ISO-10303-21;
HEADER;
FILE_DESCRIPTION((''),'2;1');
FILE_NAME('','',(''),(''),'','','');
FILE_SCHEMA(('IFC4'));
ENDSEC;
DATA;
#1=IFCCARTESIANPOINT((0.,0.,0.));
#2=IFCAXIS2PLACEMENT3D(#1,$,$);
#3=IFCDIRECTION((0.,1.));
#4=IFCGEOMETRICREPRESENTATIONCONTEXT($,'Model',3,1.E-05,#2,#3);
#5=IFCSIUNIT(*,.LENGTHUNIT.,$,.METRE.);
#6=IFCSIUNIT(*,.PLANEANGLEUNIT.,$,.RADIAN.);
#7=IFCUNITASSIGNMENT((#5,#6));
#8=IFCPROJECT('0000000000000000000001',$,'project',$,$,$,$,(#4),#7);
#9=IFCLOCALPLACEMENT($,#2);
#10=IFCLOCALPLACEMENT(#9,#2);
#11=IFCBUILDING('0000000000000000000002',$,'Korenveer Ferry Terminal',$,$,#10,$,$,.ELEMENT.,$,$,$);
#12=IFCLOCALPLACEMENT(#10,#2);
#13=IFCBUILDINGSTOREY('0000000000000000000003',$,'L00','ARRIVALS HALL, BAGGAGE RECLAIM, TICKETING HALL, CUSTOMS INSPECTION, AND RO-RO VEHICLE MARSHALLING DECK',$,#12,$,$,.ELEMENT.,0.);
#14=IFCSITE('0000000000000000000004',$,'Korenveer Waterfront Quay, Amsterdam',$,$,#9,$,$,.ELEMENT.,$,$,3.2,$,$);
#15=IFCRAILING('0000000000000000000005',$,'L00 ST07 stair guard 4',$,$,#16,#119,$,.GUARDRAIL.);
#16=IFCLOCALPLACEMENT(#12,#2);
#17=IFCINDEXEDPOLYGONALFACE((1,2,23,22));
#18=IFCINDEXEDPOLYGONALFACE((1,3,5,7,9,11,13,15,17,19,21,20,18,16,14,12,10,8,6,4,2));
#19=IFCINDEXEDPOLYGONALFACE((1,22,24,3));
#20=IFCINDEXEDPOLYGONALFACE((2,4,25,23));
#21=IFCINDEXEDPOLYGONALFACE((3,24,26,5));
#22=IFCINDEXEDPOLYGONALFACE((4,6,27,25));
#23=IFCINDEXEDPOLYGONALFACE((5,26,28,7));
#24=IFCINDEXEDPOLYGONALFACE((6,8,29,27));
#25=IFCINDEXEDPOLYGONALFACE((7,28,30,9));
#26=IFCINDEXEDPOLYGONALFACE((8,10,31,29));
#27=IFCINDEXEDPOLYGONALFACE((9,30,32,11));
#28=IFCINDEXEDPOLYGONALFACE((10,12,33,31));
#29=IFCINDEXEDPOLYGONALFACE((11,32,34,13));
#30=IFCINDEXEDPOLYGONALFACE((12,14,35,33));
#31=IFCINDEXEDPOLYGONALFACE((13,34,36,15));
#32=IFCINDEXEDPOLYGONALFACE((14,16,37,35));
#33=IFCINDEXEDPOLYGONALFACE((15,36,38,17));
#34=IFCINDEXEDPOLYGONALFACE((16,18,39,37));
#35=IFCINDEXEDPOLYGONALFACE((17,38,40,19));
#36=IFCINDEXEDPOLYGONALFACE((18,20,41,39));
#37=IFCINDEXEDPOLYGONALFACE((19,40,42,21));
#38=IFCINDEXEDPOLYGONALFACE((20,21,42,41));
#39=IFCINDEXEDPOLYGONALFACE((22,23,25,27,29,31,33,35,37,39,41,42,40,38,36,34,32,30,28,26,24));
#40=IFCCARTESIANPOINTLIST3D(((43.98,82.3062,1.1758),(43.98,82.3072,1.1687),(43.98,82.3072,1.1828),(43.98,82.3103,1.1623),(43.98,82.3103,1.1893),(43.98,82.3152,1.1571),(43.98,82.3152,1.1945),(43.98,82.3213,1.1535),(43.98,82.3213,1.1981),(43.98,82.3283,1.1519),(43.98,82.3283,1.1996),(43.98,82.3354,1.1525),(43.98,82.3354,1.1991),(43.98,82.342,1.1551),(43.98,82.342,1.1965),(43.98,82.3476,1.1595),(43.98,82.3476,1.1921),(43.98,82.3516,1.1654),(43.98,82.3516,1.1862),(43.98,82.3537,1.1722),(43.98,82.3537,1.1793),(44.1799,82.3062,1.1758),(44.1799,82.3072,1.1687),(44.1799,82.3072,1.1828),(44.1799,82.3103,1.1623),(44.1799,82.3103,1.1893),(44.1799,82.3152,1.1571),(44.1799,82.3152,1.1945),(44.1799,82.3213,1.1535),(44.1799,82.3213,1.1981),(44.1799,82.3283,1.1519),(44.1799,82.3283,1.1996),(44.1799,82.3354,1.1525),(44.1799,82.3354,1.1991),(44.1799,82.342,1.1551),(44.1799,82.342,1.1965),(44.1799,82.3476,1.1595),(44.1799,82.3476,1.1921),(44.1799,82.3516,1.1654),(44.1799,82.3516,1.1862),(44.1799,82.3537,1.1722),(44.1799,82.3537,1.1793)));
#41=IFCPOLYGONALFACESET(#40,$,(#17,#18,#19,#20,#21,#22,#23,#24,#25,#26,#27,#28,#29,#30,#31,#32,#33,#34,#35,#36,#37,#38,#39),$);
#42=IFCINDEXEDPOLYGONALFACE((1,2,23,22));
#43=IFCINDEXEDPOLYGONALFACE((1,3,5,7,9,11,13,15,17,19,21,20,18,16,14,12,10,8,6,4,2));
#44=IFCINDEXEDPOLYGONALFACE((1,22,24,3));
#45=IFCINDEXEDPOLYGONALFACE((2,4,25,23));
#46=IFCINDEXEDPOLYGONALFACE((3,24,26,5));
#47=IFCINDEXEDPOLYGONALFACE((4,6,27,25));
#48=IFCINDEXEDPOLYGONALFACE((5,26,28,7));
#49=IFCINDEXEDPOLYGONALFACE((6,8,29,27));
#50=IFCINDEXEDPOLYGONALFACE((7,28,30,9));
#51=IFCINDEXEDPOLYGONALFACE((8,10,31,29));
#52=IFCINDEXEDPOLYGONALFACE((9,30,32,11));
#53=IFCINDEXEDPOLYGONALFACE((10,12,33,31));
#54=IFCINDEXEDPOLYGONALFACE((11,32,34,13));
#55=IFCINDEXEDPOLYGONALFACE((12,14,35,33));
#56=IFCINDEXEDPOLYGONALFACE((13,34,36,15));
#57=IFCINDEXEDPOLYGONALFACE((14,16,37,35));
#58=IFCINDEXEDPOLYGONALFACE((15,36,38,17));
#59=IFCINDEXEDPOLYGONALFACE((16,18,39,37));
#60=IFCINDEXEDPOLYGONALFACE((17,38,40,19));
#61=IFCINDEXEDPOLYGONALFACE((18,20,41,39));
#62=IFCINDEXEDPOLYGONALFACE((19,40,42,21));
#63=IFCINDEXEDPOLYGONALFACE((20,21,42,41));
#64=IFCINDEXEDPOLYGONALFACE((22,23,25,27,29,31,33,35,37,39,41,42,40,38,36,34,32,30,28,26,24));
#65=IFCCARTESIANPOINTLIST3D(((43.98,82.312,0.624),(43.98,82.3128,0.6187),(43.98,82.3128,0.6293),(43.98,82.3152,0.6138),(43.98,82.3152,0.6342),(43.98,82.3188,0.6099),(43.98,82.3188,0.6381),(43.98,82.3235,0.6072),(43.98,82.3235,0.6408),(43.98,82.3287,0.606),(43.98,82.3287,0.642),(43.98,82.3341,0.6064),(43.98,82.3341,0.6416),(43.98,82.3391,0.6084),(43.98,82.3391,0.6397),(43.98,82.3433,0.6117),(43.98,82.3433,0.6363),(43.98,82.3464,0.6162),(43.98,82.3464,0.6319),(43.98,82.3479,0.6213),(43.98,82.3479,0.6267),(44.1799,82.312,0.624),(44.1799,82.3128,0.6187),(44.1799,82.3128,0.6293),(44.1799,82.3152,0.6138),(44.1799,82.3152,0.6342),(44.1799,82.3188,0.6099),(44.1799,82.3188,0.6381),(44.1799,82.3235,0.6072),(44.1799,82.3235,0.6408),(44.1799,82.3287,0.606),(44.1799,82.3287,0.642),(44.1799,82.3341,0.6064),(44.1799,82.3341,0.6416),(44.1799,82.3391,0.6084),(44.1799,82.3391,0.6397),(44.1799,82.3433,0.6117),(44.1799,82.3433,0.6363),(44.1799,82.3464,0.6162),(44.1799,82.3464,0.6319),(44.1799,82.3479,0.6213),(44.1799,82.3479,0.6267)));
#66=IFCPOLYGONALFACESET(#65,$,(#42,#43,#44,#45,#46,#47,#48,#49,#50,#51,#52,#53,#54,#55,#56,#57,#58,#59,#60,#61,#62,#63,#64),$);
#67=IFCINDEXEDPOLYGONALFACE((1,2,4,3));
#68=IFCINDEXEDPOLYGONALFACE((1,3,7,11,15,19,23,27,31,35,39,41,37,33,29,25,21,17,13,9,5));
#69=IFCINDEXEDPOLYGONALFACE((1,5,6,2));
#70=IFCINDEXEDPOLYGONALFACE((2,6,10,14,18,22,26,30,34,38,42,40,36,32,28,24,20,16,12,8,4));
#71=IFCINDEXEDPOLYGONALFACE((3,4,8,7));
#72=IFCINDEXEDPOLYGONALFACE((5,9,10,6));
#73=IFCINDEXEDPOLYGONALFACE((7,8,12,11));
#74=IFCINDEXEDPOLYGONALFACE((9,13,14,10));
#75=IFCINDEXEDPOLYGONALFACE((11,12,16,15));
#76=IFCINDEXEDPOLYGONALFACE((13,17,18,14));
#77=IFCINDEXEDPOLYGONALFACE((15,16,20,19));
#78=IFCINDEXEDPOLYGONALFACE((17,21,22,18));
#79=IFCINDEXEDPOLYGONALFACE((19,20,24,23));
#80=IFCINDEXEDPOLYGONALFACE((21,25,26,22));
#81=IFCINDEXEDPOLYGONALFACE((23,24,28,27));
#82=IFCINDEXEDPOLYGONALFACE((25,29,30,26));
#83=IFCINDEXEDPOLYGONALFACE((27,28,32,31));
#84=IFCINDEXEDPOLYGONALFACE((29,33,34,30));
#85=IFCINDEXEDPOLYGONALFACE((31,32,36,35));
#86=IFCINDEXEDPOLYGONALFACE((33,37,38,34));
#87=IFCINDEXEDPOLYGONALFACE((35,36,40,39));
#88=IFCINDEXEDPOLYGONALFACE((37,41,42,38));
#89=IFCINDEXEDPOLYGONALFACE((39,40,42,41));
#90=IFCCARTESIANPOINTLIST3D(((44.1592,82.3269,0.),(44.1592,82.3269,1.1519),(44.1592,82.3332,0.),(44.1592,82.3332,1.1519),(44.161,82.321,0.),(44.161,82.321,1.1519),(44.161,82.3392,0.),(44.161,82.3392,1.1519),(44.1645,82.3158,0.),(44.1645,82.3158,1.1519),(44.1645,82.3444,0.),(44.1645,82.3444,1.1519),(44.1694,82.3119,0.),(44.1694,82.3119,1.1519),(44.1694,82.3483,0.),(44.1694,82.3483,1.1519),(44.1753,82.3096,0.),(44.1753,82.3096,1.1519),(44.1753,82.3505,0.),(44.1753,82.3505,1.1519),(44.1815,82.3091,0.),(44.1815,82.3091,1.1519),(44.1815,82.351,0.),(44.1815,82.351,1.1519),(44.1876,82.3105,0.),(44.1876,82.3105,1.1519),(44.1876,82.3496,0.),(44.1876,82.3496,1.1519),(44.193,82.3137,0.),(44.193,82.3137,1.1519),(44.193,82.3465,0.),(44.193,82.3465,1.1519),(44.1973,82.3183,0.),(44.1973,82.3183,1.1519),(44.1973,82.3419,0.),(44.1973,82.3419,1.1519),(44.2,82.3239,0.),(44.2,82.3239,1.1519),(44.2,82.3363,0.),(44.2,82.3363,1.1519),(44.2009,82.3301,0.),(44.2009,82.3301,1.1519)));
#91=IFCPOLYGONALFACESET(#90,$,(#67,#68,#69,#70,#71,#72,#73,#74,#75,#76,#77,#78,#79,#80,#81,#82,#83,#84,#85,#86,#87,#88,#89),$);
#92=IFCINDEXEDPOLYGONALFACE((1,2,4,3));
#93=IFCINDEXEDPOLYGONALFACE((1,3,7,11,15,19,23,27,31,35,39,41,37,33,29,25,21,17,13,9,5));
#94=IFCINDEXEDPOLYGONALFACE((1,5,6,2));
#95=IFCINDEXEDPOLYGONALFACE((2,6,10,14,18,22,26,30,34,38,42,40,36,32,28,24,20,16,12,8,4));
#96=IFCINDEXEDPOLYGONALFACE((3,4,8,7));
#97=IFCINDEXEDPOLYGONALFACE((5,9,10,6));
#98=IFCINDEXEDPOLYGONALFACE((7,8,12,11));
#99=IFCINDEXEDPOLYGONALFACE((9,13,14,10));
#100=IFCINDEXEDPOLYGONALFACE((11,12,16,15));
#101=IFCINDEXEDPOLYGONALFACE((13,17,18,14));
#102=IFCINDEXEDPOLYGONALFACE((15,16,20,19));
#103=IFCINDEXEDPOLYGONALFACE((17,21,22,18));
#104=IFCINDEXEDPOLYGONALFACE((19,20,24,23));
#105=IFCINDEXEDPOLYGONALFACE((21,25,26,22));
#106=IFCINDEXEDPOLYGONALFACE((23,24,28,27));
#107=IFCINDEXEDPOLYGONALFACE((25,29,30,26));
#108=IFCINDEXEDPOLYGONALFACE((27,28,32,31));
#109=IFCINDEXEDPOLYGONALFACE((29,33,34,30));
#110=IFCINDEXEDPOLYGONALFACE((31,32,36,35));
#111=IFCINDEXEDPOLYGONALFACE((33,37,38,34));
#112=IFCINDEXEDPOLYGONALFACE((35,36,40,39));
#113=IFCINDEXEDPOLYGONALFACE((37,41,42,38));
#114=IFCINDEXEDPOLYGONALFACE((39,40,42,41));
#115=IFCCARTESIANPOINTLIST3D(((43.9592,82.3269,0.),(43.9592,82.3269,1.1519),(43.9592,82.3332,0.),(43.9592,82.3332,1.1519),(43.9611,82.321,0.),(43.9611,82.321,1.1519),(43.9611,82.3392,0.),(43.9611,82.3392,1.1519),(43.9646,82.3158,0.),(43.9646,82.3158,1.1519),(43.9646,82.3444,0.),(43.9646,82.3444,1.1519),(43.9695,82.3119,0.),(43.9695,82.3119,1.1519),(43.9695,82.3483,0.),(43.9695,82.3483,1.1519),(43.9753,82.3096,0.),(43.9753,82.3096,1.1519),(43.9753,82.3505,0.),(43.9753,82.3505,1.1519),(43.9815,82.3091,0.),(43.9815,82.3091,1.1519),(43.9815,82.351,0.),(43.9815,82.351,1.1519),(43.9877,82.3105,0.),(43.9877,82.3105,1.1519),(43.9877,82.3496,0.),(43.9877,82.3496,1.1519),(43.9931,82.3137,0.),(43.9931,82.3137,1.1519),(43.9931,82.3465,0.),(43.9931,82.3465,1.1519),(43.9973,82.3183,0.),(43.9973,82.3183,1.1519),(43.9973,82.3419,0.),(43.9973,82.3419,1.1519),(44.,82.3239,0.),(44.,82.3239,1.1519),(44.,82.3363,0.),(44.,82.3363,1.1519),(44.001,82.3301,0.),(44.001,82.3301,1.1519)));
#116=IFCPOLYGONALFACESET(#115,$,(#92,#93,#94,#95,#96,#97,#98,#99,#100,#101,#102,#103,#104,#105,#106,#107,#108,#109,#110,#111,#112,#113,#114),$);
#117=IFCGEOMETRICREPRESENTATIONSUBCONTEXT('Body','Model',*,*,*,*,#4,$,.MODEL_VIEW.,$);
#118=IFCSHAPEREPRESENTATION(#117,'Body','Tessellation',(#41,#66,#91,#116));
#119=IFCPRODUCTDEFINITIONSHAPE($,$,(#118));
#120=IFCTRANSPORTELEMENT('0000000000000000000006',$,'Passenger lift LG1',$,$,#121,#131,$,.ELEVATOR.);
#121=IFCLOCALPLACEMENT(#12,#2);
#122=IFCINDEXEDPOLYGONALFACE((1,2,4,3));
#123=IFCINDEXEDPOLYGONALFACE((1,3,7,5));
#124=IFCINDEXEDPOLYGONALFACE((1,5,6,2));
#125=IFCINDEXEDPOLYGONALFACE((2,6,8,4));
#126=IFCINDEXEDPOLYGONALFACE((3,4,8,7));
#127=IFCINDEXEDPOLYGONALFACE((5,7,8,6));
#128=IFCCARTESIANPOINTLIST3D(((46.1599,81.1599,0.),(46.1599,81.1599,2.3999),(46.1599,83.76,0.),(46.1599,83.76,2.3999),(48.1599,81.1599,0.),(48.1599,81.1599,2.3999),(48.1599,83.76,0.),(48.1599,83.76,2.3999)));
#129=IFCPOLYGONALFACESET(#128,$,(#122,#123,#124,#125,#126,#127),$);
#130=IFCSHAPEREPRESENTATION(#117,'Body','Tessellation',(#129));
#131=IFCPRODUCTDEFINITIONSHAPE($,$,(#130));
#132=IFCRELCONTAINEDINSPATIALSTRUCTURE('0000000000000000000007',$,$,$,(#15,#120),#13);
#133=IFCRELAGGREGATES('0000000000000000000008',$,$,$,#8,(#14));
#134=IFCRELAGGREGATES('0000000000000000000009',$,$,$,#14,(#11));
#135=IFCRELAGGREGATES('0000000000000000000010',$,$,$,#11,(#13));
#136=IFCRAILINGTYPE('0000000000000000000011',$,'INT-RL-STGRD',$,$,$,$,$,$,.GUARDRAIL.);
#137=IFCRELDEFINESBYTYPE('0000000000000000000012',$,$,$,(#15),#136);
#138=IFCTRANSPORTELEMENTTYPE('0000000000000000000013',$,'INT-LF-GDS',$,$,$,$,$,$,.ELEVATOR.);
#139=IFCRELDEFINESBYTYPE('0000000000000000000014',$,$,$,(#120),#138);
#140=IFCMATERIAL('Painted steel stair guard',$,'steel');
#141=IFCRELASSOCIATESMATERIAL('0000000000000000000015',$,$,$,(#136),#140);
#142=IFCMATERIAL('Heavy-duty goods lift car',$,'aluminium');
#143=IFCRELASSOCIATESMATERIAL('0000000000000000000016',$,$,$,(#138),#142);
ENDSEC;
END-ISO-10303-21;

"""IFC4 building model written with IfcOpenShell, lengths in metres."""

from ifc_helpers import new_model, si_unit, direction, frame, origin, origin_2d, place, context, subcontext, project, spatial, rectangle, circle, extrude, material, type_object, element, save


model = new_model("IFC4")

# Units and contexts
model_context = context("Model", 3, precision=1e-05, world=origin(), true_north=direction((0.0, 1.0)))
body_context = subcontext(model_context, "Body", "Model", "MODEL_VIEW")
ifc_project = project(units=[si_unit("LENGTHUNIT", "METRE"), si_unit("PLANEANGLEUNIT", "RADIAN")], contexts=[model_context])

# Site, building, storey
site_placement = place(None, origin())
site = spatial("IfcSite", under=ifc_project, at=site_placement, Name="Korenveer Waterfront Quay, Amsterdam", CompositionType="ELEMENT", RefElevation=3.2)
building_placement = place(site_placement, origin())
building = spatial("IfcBuilding", under=site, at=building_placement, Name="Korenveer Ferry Terminal", CompositionType="ELEMENT")
storey_placement = place(building_placement, origin())
storey = spatial("IfcBuildingStorey", under=building, at=storey_placement, Name="L00", Description="ARRIVALS HALL, BAGGAGE RECLAIM, TICKETING HALL, CUSTOMS INSPECTION, AND RO-RO VEHICLE MARSHALLING DECK", CompositionType="ELEMENT", Elevation=0.0)

# Railing
ifc_material_1 = material(Name="Painted steel stair guard", Category="steel")
railing_type_1 = type_object("IfcRailingType", Name="INT-RL-STGRD", PredefinedType="GUARDRAIL", material=ifc_material_1)
railing_1_placement = place(storey_placement, frame((44.1799, 82.3301, 0.0)))
element("IfcRailing", 1, at=railing_1_placement, inside=storey, type_object=railing_type_1, Name="L00 ST07 stair guard 4", PredefinedType="GUARDRAIL", context=body_context, shape_type="SweptSolid", body=[
    extrude(circle(Radius=0.0239, at=origin_2d()), frame((0.0, 0.0, 1.1758), z_axis=(-1.0, 0.0, 0.0), x_axis=(0.0, -1.0, 0.0)), (0.0, 0.0, 1.0), 0.2),
    extrude(circle(Radius=0.0181, at=origin_2d()), frame((0.0, 0.0, 0.624), z_axis=(-1.0, 0.0, 0.0), x_axis=(0.0, -1.0, 0.0)), (0.0, 0.0, 1.0), 0.2),
    extrude(circle(Radius=0.021, at=origin_2d()), origin(), (0.0, 0.0, 1.0), 1.1519),
    extrude(circle(Radius=0.021, at=origin_2d()), frame((-0.2, 0.0, 0.0)), (0.0, 0.0, 1.0), 1.1519),
])

# Transport element
ifc_material_2 = material(Name="Heavy-duty goods lift car", Category="aluminium")
transport_element_type = type_object("IfcTransportElementType", Name="INT-LF-GDS", PredefinedType="ELEVATOR", material=ifc_material_2)
transport_element_placement = place(storey_placement, frame((47.1599, 82.46, 0.0), z_axis=(0.0, 0.0, 1.0), x_axis=(1.0, 0.0, 0.0)))
element("IfcTransportElement", 2, at=transport_element_placement, inside=storey, type_object=transport_element_type, Name="Passenger lift LG1", PredefinedType="ELEVATOR", context=body_context, shape_type="SweptSolid", body=[
    extrude(rectangle(XDim=2.0, YDim=2.6001, at=origin_2d()), origin(), (0.0, 0.0, 1.0), 2.3999),
])

save(model, "model.ifc")
